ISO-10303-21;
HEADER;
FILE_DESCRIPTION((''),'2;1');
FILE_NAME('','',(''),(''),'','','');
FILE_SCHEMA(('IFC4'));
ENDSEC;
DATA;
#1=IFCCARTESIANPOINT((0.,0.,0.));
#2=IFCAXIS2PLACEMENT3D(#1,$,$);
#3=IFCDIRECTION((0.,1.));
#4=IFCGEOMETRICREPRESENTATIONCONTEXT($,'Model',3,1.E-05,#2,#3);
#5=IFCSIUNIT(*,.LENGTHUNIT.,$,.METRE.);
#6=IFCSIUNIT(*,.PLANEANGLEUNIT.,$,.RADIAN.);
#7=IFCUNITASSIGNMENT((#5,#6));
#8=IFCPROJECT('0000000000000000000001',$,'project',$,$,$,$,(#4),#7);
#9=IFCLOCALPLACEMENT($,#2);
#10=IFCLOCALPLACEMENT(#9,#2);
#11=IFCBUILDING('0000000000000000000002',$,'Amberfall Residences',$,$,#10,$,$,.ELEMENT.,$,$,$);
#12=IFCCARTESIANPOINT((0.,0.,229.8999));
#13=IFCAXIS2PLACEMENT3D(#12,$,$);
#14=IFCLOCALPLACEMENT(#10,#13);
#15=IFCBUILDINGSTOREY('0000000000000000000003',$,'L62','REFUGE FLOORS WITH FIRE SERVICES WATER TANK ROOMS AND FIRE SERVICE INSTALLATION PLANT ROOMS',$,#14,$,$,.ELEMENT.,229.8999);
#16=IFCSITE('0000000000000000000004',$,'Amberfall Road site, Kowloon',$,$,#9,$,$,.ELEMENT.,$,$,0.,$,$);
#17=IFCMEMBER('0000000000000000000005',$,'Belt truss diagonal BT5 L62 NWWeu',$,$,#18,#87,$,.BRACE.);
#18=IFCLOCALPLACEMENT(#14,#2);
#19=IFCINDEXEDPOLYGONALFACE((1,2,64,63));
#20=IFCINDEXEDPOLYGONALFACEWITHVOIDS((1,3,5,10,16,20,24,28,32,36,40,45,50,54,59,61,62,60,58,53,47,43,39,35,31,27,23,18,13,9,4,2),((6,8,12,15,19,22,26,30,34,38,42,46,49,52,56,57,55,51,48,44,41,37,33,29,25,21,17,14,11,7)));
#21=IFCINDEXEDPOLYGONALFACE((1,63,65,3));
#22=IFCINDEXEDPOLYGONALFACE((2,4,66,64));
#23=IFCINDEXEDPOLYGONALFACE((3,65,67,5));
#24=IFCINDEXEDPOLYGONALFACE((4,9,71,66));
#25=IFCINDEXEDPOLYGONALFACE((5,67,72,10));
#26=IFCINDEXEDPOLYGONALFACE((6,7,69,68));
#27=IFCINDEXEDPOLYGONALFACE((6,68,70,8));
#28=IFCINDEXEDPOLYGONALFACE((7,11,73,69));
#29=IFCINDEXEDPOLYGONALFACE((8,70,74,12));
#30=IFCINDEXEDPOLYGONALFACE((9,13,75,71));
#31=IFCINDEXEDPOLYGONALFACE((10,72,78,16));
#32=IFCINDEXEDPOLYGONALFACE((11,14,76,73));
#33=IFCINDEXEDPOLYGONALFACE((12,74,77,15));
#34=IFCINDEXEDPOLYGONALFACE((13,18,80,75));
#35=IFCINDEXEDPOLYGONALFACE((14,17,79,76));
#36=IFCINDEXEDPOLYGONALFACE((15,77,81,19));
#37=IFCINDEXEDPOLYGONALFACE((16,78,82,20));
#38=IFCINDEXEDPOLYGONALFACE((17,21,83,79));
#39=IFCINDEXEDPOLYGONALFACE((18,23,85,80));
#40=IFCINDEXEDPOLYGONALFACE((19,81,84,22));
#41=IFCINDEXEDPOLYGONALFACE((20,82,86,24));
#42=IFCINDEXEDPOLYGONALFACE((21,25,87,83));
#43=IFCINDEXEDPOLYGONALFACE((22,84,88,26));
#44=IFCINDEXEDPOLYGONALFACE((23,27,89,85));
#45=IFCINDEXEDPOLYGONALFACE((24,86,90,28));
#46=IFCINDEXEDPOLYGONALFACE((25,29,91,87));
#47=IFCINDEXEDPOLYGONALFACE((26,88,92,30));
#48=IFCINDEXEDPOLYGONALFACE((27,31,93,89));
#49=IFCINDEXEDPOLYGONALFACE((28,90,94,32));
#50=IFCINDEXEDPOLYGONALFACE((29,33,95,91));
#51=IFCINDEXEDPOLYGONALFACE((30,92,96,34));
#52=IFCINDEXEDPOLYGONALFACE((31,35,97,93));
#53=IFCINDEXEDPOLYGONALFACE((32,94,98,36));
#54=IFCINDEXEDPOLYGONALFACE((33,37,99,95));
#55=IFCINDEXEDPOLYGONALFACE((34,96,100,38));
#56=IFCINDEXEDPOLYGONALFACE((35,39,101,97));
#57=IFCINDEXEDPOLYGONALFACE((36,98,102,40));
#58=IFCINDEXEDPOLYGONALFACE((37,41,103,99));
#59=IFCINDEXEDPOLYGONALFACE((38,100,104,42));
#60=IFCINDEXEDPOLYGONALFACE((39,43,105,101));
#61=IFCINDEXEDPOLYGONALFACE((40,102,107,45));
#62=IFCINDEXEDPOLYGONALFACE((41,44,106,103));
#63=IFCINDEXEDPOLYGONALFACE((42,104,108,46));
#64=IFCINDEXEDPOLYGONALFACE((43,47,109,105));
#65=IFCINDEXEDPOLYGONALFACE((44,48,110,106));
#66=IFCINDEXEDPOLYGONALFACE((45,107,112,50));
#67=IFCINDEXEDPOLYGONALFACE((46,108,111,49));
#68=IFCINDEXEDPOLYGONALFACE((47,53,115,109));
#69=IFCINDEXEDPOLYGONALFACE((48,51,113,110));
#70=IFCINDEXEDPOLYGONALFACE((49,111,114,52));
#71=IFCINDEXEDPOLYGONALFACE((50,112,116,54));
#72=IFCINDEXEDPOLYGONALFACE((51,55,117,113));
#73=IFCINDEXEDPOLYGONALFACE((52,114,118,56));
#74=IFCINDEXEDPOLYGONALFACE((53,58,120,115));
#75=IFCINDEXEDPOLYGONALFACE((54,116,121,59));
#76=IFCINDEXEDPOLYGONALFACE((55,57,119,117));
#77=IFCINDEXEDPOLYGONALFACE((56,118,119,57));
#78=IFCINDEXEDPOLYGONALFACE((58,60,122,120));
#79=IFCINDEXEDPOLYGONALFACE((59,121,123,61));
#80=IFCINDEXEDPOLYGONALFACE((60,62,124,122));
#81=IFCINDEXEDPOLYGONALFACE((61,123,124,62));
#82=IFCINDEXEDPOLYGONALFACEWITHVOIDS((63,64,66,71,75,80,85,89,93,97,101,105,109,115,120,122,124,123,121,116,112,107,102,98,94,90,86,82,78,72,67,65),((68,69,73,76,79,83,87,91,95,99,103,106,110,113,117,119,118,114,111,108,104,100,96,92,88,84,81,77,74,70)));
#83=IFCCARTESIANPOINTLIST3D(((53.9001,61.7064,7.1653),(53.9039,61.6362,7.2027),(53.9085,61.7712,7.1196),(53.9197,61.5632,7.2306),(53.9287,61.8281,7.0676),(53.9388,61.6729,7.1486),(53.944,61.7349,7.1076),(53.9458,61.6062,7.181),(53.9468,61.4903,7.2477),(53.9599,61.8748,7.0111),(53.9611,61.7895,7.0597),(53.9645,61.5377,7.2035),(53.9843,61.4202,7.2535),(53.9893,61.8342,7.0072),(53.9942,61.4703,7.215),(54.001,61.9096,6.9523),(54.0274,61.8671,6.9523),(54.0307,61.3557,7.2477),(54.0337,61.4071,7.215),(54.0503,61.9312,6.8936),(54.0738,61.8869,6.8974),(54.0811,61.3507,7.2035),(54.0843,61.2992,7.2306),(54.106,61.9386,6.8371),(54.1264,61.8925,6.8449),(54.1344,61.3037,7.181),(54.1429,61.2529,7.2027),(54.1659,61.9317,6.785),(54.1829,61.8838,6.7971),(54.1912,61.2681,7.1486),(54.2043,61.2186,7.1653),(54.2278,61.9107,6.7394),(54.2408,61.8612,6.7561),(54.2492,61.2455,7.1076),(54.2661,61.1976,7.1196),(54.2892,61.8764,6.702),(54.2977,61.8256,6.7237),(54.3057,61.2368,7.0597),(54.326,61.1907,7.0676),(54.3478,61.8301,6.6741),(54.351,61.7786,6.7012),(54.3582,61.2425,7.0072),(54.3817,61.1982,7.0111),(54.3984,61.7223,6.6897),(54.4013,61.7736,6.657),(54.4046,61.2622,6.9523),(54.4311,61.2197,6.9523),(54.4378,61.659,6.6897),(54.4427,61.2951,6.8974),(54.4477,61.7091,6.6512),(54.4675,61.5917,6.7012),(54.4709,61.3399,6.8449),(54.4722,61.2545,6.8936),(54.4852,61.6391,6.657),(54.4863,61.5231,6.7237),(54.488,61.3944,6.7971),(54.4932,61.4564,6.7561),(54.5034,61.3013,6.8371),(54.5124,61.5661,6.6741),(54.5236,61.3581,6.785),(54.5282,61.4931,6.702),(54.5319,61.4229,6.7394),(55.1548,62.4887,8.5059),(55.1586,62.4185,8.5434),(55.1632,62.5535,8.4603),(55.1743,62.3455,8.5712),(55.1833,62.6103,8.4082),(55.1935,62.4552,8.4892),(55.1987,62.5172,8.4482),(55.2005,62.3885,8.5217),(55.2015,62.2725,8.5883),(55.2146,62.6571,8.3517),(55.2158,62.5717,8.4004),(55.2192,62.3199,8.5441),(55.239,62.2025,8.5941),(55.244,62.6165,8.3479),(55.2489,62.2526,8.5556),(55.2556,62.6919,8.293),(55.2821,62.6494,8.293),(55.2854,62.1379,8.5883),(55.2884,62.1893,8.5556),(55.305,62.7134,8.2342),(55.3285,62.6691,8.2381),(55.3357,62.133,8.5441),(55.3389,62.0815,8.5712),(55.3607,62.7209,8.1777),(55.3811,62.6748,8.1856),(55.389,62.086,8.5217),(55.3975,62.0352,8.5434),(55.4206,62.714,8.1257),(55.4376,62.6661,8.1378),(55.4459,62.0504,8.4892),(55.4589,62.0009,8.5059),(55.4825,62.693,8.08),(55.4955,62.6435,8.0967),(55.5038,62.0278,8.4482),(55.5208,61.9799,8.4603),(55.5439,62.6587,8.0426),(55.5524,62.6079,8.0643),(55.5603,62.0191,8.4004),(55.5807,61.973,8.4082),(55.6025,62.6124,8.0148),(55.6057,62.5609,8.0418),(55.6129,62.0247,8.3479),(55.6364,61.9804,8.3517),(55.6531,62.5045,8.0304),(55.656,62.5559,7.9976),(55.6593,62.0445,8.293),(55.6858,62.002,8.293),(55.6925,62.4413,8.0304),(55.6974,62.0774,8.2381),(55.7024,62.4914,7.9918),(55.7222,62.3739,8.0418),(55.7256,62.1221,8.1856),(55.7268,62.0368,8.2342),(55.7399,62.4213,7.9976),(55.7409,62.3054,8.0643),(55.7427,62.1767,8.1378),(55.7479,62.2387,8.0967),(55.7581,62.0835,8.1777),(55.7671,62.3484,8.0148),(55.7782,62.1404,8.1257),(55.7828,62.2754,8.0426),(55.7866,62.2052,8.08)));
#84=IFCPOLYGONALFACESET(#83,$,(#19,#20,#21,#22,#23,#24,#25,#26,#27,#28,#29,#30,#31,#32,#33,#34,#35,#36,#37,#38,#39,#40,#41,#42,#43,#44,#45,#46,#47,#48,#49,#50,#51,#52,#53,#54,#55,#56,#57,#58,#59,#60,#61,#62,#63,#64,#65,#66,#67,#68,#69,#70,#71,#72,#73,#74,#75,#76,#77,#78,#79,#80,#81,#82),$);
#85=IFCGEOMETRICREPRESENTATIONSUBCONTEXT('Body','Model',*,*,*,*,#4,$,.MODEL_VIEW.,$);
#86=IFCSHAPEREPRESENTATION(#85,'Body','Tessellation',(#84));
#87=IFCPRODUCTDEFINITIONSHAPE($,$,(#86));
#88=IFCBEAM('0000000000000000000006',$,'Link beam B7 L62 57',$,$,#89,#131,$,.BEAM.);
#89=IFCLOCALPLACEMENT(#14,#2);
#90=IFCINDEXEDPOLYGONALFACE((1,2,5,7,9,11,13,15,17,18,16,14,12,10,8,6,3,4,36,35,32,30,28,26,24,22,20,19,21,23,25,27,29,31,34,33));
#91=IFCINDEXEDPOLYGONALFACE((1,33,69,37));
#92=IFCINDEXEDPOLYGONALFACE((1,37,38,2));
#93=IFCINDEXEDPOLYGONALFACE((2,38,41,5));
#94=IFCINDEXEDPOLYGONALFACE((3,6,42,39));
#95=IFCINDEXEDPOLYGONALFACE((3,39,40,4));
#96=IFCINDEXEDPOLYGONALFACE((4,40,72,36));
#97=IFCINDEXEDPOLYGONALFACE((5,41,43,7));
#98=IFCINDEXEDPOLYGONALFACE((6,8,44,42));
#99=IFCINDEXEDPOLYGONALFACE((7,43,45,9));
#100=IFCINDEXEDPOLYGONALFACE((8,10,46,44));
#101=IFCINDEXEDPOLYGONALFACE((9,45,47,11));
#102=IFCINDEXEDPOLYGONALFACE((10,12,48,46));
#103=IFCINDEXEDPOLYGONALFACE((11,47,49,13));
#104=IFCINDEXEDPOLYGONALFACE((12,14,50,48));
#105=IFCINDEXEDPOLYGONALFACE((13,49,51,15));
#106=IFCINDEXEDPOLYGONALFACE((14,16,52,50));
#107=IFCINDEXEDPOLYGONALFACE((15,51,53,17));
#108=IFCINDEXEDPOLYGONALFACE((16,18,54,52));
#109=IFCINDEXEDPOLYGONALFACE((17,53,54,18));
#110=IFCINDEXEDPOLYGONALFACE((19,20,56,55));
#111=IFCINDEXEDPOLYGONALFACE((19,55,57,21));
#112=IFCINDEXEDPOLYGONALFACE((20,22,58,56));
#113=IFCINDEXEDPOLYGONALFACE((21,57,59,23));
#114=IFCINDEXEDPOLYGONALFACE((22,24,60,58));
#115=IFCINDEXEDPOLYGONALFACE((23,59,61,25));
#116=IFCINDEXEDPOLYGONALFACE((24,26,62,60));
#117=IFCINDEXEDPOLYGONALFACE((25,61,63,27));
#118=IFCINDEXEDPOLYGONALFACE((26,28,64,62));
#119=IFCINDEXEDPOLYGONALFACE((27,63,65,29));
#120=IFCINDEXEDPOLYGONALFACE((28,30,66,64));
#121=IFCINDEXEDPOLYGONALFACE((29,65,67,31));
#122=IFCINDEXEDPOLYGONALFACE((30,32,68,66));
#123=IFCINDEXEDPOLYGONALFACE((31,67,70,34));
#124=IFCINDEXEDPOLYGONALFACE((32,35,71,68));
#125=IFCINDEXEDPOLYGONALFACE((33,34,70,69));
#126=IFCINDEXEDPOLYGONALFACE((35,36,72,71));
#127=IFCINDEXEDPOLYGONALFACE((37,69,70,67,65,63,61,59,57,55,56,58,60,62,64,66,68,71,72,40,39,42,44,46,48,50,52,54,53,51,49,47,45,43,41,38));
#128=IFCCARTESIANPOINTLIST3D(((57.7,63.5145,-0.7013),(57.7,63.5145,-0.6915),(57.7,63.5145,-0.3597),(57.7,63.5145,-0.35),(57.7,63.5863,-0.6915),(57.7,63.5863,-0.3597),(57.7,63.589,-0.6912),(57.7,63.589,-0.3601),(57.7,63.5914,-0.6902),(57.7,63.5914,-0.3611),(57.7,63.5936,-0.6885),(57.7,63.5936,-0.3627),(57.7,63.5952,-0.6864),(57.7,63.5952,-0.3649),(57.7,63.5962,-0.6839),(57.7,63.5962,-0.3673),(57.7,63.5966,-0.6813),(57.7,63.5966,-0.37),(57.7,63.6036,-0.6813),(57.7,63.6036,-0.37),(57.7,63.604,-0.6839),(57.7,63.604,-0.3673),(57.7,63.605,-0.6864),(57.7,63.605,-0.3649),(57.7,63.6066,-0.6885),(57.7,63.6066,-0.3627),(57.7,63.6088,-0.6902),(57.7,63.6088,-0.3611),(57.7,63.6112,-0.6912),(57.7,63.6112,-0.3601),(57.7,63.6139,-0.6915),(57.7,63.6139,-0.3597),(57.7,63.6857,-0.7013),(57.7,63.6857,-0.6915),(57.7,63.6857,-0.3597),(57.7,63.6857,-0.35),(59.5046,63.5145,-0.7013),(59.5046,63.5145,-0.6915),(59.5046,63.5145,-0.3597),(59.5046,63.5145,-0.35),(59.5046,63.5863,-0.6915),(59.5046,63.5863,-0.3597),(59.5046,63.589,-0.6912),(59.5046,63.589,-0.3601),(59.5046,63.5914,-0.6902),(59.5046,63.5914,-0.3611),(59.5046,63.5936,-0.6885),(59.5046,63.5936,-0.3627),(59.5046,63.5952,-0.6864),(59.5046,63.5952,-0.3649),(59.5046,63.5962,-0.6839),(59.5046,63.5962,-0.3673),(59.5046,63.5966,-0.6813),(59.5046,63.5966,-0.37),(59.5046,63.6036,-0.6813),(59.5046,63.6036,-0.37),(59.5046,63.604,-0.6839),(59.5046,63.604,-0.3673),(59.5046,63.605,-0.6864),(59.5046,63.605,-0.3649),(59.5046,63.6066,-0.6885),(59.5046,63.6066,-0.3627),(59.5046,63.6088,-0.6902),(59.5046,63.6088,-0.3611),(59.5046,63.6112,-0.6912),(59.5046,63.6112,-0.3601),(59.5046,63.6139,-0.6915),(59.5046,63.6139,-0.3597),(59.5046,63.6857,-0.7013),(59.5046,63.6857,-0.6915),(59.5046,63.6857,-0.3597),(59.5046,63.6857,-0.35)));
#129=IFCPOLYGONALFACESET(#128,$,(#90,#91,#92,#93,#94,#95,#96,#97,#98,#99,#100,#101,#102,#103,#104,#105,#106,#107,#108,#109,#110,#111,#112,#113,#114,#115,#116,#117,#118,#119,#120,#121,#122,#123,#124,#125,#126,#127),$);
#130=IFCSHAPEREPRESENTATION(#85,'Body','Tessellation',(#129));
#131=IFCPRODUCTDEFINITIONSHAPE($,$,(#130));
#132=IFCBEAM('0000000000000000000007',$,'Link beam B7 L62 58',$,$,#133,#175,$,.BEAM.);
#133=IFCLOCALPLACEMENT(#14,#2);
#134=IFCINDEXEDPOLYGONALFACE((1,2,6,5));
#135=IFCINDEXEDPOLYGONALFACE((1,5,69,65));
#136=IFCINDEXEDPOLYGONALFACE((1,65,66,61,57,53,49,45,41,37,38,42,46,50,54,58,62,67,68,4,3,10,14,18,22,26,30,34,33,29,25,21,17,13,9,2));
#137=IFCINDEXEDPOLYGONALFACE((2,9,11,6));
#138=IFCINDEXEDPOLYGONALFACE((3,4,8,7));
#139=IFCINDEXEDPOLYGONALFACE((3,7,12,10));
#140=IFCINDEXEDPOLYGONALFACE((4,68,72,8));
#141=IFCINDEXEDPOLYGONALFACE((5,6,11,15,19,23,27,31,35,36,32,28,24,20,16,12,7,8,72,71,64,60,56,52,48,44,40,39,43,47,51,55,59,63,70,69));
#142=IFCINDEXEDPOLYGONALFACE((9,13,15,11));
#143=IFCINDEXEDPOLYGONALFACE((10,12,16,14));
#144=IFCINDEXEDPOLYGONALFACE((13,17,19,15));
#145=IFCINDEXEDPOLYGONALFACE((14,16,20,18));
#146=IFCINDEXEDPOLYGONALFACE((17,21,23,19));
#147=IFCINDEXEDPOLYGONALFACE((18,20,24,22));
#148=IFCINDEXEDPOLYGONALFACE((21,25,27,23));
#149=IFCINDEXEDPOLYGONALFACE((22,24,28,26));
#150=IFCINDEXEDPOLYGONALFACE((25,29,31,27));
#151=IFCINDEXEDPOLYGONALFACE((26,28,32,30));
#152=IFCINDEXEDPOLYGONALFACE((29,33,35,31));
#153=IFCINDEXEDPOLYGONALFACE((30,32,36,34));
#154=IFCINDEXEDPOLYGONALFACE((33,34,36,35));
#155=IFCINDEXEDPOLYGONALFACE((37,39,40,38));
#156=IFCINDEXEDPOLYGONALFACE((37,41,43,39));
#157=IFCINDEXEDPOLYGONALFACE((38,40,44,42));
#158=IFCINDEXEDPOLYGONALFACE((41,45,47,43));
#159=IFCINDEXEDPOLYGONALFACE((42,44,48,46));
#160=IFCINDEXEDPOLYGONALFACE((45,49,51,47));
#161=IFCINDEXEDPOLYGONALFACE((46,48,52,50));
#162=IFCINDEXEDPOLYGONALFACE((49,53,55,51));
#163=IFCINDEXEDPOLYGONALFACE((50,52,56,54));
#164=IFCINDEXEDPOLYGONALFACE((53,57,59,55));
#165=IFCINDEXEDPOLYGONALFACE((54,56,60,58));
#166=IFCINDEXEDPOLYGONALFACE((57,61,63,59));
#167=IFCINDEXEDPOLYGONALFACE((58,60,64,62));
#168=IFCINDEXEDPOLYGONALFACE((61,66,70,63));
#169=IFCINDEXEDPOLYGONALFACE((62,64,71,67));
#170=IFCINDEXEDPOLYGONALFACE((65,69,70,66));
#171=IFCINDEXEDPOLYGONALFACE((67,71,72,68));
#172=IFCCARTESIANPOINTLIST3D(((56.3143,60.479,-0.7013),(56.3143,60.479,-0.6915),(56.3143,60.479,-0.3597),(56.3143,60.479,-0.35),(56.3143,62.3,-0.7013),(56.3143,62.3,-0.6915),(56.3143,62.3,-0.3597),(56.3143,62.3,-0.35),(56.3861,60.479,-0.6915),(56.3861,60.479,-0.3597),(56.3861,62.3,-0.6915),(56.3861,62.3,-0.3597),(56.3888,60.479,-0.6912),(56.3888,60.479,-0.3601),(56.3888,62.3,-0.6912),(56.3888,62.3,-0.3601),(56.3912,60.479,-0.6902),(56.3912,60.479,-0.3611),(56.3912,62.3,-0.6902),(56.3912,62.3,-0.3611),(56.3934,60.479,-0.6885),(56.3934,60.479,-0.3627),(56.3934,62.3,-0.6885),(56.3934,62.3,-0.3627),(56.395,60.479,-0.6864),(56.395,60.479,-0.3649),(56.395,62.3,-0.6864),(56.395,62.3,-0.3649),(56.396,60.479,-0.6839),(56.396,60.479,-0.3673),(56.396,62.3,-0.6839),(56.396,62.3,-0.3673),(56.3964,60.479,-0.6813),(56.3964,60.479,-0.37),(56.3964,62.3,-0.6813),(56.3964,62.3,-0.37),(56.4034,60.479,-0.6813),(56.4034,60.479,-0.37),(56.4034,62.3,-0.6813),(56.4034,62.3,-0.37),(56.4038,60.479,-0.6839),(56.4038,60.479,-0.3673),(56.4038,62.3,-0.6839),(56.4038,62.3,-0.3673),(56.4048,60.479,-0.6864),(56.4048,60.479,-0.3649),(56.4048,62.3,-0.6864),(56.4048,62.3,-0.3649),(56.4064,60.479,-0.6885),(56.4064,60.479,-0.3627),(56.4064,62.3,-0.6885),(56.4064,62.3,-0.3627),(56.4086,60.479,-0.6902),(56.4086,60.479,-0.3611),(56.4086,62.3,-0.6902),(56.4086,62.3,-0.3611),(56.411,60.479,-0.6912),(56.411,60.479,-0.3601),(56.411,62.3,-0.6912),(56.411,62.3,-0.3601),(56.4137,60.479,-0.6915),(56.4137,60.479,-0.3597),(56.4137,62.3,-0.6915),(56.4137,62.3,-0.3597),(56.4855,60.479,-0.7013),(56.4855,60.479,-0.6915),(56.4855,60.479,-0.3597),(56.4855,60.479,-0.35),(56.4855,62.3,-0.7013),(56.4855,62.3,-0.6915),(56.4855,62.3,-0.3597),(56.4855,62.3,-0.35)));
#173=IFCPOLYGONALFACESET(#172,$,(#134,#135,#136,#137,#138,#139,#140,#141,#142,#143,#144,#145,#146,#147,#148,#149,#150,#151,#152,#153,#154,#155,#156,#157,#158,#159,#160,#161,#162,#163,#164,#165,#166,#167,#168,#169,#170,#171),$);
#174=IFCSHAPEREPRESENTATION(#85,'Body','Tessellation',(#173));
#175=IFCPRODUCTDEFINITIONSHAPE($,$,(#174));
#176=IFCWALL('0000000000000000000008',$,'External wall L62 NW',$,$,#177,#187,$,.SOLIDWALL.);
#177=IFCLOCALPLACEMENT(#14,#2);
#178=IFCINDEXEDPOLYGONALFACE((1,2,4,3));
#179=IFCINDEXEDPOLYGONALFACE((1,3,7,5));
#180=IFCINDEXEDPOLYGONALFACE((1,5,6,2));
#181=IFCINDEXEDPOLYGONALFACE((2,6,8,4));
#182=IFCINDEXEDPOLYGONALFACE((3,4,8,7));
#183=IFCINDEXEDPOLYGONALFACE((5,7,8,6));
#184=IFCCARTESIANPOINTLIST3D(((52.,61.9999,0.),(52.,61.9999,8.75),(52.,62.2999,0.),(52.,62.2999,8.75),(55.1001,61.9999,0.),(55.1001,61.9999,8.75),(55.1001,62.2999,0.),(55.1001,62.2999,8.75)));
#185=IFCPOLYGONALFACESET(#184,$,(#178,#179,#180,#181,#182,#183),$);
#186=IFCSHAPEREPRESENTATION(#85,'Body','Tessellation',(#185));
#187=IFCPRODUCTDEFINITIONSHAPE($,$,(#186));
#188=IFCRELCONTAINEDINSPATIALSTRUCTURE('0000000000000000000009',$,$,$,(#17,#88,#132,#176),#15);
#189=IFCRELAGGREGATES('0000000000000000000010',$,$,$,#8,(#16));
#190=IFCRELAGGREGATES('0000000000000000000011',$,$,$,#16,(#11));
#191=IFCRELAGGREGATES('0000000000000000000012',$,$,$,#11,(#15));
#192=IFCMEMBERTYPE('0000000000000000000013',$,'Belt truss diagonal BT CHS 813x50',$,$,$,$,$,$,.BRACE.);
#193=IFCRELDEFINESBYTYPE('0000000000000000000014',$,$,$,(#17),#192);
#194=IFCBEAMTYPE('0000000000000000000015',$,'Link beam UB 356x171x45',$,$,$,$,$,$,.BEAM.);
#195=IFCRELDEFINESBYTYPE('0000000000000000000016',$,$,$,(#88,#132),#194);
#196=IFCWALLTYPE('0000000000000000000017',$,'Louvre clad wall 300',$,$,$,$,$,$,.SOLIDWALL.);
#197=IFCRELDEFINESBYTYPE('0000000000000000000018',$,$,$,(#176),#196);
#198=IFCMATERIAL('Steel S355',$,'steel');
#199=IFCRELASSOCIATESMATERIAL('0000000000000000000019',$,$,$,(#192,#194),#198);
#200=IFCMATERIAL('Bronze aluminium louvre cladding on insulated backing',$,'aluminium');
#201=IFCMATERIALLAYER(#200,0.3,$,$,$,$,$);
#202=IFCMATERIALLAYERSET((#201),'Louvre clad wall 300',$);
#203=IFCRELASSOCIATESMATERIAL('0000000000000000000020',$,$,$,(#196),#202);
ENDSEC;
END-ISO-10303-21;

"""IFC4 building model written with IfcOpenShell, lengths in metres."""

from ifc_helpers import new_model, si_unit, direction, frame, frame_2d, origin, origin_2d, place, context, subcontext, project, spatial, rectangle, hollow_circle, i_section, extrude, material, layer, layer_set, material_profile, profile_set, type_object, element, save


model = new_model("IFC4")

# Units and contexts
model_context = context("Model", 3, precision=1e-05, world=origin(), true_north=direction((0.0, 1.0)))
body_context = subcontext(model_context, "Body", "Model", "MODEL_VIEW")
ifc_project = project(units=[si_unit("LENGTHUNIT", "METRE"), si_unit("PLANEANGLEUNIT", "RADIAN")], contexts=[model_context])

# Site, building, storey
site_placement = place(None, origin())
site = spatial("IfcSite", under=ifc_project, at=site_placement, Name="Amberfall Road site, Kowloon", CompositionType="ELEMENT", RefElevation=0.0)
building_placement = place(site_placement, origin())
building = spatial("IfcBuilding", under=site, at=building_placement, Name="Amberfall Residences", CompositionType="ELEMENT")
storey_placement = place(building_placement, frame((0.0, 0.0, 229.8999)))
storey = spatial("IfcBuildingStorey", under=building, at=storey_placement, Name="L62", Description="REFUGE FLOORS WITH FIRE SERVICES WATER TANK ROOMS AND FIRE SERVICE INSTALLATION PLANT ROOMS", CompositionType="ELEMENT", Elevation=229.8999)

# Shared definitions
ifc_material_1 = material(Name="Steel S355", Category="steel")

# Member
ifc_material_profile_1 = material_profile(ifc_material_1, hollow_circle(Radius=0.4065, WallThickness=0.05, at=origin_2d()), Name="CHS 813x50")
ifc_profile_set_1 = profile_set([ifc_material_profile_1], Name="Steel S355")
member_type = type_object("IfcMemberType", Name="Belt truss diagonal BT CHS 813x50", PredefinedType="BRACE", material=ifc_profile_set_1)
member_1_placement = place(storey_placement, frame((55.4707, 62.3469, 8.293), z_axis=(-0.628646, -0.39194, -0.671705), x_axis=(0.529064, -0.848582, 0.0)))
element("IfcMember", 1, at=member_1_placement, inside=storey, type_object=member_type, Name="Belt truss diagonal BT5 L62 NWWeu", PredefinedType="BRACE", context=body_context, shape_type="SweptSolid", body=[
    extrude(hollow_circle(Radius=0.4065, WallThickness=0.05, at=origin_2d()), origin(), (0.0, 0.0, 1.0), 1.9958),
])

# Beams
ifc_material_profile_2 = material_profile(ifc_material_1, i_section(OverallWidth=0.1711, OverallDepth=0.3513, WebThickness=0.0071, FlangeThickness=0.0098, FilletRadius=0.0103, at=origin_2d()), Name="UB 356x171x45")
ifc_profile_set_2 = profile_set([ifc_material_profile_2], Name="Steel S355")
beam_type_1 = type_object("IfcBeamType", Name="Link beam UB 356x171x45", PredefinedType="BEAM", material=ifc_profile_set_2)
beam_1_placement = place(storey_placement, frame((57.7, 63.6001, -0.5256), z_axis=(1.0, 0.0, 0.0), x_axis=(0.0, 1.0, 0.0)))
element("IfcBeam", 2, at=beam_1_placement, inside=storey, type_object=beam_type_1, Name="Link beam B7 L62 57", PredefinedType="BEAM", context=body_context, shape_type="SweptSolid", body=[
    extrude(i_section(OverallWidth=0.1711, OverallDepth=0.3513, WebThickness=0.0071, FlangeThickness=0.0098, FilletRadius=0.0103, at=origin_2d()), origin(), (0.0, 0.0, 1.0), 1.8047),
])
beam_2_placement = place(storey_placement, frame((56.3999, 62.3, -0.5256), z_axis=(0.0, -1.0, 0.0), x_axis=(1.0, 0.0, 0.0)))
element("IfcBeam", 3, at=beam_2_placement, inside=storey, type_object=beam_type_1, Name="Link beam B7 L62 58", PredefinedType="BEAM", context=body_context, shape_type="SweptSolid", body=[
    extrude(i_section(OverallWidth=0.1711, OverallDepth=0.3513, WebThickness=0.0071, FlangeThickness=0.0098, FilletRadius=0.0103, at=origin_2d()), origin(), (0.0, 0.0, 1.0), 1.821),
])

# Wall
ifc_material_2 = material(Name="Bronze aluminium louvre cladding on insulated backing", Category="aluminium")
ifc_layer = layer(ifc_material_2, 0.3)
ifc_layer_set = layer_set([ifc_layer], Name="Louvre clad wall 300")
wall_type = type_object("IfcWallType", Name="Louvre clad wall 300", PredefinedType="SOLIDWALL", material=ifc_layer_set)
wall_placement = place(storey_placement, frame((55.1001, 62.1499, 0.0), z_axis=(0.0, 0.0, 1.0), x_axis=(-1.0, 0.0, 0.0)))
element("IfcWall", 4, at=wall_placement, inside=storey, type_object=wall_type, Name="External wall L62 NW", PredefinedType="SOLIDWALL", context=body_context, shape_type="SweptSolid", body=[
    extrude(rectangle(XDim=3.1001, YDim=0.3, at=frame_2d((1.55, 0.0))), origin(), (0.0, 0.0, 1.0), 8.75),
])

save(model, "model.ifc")
